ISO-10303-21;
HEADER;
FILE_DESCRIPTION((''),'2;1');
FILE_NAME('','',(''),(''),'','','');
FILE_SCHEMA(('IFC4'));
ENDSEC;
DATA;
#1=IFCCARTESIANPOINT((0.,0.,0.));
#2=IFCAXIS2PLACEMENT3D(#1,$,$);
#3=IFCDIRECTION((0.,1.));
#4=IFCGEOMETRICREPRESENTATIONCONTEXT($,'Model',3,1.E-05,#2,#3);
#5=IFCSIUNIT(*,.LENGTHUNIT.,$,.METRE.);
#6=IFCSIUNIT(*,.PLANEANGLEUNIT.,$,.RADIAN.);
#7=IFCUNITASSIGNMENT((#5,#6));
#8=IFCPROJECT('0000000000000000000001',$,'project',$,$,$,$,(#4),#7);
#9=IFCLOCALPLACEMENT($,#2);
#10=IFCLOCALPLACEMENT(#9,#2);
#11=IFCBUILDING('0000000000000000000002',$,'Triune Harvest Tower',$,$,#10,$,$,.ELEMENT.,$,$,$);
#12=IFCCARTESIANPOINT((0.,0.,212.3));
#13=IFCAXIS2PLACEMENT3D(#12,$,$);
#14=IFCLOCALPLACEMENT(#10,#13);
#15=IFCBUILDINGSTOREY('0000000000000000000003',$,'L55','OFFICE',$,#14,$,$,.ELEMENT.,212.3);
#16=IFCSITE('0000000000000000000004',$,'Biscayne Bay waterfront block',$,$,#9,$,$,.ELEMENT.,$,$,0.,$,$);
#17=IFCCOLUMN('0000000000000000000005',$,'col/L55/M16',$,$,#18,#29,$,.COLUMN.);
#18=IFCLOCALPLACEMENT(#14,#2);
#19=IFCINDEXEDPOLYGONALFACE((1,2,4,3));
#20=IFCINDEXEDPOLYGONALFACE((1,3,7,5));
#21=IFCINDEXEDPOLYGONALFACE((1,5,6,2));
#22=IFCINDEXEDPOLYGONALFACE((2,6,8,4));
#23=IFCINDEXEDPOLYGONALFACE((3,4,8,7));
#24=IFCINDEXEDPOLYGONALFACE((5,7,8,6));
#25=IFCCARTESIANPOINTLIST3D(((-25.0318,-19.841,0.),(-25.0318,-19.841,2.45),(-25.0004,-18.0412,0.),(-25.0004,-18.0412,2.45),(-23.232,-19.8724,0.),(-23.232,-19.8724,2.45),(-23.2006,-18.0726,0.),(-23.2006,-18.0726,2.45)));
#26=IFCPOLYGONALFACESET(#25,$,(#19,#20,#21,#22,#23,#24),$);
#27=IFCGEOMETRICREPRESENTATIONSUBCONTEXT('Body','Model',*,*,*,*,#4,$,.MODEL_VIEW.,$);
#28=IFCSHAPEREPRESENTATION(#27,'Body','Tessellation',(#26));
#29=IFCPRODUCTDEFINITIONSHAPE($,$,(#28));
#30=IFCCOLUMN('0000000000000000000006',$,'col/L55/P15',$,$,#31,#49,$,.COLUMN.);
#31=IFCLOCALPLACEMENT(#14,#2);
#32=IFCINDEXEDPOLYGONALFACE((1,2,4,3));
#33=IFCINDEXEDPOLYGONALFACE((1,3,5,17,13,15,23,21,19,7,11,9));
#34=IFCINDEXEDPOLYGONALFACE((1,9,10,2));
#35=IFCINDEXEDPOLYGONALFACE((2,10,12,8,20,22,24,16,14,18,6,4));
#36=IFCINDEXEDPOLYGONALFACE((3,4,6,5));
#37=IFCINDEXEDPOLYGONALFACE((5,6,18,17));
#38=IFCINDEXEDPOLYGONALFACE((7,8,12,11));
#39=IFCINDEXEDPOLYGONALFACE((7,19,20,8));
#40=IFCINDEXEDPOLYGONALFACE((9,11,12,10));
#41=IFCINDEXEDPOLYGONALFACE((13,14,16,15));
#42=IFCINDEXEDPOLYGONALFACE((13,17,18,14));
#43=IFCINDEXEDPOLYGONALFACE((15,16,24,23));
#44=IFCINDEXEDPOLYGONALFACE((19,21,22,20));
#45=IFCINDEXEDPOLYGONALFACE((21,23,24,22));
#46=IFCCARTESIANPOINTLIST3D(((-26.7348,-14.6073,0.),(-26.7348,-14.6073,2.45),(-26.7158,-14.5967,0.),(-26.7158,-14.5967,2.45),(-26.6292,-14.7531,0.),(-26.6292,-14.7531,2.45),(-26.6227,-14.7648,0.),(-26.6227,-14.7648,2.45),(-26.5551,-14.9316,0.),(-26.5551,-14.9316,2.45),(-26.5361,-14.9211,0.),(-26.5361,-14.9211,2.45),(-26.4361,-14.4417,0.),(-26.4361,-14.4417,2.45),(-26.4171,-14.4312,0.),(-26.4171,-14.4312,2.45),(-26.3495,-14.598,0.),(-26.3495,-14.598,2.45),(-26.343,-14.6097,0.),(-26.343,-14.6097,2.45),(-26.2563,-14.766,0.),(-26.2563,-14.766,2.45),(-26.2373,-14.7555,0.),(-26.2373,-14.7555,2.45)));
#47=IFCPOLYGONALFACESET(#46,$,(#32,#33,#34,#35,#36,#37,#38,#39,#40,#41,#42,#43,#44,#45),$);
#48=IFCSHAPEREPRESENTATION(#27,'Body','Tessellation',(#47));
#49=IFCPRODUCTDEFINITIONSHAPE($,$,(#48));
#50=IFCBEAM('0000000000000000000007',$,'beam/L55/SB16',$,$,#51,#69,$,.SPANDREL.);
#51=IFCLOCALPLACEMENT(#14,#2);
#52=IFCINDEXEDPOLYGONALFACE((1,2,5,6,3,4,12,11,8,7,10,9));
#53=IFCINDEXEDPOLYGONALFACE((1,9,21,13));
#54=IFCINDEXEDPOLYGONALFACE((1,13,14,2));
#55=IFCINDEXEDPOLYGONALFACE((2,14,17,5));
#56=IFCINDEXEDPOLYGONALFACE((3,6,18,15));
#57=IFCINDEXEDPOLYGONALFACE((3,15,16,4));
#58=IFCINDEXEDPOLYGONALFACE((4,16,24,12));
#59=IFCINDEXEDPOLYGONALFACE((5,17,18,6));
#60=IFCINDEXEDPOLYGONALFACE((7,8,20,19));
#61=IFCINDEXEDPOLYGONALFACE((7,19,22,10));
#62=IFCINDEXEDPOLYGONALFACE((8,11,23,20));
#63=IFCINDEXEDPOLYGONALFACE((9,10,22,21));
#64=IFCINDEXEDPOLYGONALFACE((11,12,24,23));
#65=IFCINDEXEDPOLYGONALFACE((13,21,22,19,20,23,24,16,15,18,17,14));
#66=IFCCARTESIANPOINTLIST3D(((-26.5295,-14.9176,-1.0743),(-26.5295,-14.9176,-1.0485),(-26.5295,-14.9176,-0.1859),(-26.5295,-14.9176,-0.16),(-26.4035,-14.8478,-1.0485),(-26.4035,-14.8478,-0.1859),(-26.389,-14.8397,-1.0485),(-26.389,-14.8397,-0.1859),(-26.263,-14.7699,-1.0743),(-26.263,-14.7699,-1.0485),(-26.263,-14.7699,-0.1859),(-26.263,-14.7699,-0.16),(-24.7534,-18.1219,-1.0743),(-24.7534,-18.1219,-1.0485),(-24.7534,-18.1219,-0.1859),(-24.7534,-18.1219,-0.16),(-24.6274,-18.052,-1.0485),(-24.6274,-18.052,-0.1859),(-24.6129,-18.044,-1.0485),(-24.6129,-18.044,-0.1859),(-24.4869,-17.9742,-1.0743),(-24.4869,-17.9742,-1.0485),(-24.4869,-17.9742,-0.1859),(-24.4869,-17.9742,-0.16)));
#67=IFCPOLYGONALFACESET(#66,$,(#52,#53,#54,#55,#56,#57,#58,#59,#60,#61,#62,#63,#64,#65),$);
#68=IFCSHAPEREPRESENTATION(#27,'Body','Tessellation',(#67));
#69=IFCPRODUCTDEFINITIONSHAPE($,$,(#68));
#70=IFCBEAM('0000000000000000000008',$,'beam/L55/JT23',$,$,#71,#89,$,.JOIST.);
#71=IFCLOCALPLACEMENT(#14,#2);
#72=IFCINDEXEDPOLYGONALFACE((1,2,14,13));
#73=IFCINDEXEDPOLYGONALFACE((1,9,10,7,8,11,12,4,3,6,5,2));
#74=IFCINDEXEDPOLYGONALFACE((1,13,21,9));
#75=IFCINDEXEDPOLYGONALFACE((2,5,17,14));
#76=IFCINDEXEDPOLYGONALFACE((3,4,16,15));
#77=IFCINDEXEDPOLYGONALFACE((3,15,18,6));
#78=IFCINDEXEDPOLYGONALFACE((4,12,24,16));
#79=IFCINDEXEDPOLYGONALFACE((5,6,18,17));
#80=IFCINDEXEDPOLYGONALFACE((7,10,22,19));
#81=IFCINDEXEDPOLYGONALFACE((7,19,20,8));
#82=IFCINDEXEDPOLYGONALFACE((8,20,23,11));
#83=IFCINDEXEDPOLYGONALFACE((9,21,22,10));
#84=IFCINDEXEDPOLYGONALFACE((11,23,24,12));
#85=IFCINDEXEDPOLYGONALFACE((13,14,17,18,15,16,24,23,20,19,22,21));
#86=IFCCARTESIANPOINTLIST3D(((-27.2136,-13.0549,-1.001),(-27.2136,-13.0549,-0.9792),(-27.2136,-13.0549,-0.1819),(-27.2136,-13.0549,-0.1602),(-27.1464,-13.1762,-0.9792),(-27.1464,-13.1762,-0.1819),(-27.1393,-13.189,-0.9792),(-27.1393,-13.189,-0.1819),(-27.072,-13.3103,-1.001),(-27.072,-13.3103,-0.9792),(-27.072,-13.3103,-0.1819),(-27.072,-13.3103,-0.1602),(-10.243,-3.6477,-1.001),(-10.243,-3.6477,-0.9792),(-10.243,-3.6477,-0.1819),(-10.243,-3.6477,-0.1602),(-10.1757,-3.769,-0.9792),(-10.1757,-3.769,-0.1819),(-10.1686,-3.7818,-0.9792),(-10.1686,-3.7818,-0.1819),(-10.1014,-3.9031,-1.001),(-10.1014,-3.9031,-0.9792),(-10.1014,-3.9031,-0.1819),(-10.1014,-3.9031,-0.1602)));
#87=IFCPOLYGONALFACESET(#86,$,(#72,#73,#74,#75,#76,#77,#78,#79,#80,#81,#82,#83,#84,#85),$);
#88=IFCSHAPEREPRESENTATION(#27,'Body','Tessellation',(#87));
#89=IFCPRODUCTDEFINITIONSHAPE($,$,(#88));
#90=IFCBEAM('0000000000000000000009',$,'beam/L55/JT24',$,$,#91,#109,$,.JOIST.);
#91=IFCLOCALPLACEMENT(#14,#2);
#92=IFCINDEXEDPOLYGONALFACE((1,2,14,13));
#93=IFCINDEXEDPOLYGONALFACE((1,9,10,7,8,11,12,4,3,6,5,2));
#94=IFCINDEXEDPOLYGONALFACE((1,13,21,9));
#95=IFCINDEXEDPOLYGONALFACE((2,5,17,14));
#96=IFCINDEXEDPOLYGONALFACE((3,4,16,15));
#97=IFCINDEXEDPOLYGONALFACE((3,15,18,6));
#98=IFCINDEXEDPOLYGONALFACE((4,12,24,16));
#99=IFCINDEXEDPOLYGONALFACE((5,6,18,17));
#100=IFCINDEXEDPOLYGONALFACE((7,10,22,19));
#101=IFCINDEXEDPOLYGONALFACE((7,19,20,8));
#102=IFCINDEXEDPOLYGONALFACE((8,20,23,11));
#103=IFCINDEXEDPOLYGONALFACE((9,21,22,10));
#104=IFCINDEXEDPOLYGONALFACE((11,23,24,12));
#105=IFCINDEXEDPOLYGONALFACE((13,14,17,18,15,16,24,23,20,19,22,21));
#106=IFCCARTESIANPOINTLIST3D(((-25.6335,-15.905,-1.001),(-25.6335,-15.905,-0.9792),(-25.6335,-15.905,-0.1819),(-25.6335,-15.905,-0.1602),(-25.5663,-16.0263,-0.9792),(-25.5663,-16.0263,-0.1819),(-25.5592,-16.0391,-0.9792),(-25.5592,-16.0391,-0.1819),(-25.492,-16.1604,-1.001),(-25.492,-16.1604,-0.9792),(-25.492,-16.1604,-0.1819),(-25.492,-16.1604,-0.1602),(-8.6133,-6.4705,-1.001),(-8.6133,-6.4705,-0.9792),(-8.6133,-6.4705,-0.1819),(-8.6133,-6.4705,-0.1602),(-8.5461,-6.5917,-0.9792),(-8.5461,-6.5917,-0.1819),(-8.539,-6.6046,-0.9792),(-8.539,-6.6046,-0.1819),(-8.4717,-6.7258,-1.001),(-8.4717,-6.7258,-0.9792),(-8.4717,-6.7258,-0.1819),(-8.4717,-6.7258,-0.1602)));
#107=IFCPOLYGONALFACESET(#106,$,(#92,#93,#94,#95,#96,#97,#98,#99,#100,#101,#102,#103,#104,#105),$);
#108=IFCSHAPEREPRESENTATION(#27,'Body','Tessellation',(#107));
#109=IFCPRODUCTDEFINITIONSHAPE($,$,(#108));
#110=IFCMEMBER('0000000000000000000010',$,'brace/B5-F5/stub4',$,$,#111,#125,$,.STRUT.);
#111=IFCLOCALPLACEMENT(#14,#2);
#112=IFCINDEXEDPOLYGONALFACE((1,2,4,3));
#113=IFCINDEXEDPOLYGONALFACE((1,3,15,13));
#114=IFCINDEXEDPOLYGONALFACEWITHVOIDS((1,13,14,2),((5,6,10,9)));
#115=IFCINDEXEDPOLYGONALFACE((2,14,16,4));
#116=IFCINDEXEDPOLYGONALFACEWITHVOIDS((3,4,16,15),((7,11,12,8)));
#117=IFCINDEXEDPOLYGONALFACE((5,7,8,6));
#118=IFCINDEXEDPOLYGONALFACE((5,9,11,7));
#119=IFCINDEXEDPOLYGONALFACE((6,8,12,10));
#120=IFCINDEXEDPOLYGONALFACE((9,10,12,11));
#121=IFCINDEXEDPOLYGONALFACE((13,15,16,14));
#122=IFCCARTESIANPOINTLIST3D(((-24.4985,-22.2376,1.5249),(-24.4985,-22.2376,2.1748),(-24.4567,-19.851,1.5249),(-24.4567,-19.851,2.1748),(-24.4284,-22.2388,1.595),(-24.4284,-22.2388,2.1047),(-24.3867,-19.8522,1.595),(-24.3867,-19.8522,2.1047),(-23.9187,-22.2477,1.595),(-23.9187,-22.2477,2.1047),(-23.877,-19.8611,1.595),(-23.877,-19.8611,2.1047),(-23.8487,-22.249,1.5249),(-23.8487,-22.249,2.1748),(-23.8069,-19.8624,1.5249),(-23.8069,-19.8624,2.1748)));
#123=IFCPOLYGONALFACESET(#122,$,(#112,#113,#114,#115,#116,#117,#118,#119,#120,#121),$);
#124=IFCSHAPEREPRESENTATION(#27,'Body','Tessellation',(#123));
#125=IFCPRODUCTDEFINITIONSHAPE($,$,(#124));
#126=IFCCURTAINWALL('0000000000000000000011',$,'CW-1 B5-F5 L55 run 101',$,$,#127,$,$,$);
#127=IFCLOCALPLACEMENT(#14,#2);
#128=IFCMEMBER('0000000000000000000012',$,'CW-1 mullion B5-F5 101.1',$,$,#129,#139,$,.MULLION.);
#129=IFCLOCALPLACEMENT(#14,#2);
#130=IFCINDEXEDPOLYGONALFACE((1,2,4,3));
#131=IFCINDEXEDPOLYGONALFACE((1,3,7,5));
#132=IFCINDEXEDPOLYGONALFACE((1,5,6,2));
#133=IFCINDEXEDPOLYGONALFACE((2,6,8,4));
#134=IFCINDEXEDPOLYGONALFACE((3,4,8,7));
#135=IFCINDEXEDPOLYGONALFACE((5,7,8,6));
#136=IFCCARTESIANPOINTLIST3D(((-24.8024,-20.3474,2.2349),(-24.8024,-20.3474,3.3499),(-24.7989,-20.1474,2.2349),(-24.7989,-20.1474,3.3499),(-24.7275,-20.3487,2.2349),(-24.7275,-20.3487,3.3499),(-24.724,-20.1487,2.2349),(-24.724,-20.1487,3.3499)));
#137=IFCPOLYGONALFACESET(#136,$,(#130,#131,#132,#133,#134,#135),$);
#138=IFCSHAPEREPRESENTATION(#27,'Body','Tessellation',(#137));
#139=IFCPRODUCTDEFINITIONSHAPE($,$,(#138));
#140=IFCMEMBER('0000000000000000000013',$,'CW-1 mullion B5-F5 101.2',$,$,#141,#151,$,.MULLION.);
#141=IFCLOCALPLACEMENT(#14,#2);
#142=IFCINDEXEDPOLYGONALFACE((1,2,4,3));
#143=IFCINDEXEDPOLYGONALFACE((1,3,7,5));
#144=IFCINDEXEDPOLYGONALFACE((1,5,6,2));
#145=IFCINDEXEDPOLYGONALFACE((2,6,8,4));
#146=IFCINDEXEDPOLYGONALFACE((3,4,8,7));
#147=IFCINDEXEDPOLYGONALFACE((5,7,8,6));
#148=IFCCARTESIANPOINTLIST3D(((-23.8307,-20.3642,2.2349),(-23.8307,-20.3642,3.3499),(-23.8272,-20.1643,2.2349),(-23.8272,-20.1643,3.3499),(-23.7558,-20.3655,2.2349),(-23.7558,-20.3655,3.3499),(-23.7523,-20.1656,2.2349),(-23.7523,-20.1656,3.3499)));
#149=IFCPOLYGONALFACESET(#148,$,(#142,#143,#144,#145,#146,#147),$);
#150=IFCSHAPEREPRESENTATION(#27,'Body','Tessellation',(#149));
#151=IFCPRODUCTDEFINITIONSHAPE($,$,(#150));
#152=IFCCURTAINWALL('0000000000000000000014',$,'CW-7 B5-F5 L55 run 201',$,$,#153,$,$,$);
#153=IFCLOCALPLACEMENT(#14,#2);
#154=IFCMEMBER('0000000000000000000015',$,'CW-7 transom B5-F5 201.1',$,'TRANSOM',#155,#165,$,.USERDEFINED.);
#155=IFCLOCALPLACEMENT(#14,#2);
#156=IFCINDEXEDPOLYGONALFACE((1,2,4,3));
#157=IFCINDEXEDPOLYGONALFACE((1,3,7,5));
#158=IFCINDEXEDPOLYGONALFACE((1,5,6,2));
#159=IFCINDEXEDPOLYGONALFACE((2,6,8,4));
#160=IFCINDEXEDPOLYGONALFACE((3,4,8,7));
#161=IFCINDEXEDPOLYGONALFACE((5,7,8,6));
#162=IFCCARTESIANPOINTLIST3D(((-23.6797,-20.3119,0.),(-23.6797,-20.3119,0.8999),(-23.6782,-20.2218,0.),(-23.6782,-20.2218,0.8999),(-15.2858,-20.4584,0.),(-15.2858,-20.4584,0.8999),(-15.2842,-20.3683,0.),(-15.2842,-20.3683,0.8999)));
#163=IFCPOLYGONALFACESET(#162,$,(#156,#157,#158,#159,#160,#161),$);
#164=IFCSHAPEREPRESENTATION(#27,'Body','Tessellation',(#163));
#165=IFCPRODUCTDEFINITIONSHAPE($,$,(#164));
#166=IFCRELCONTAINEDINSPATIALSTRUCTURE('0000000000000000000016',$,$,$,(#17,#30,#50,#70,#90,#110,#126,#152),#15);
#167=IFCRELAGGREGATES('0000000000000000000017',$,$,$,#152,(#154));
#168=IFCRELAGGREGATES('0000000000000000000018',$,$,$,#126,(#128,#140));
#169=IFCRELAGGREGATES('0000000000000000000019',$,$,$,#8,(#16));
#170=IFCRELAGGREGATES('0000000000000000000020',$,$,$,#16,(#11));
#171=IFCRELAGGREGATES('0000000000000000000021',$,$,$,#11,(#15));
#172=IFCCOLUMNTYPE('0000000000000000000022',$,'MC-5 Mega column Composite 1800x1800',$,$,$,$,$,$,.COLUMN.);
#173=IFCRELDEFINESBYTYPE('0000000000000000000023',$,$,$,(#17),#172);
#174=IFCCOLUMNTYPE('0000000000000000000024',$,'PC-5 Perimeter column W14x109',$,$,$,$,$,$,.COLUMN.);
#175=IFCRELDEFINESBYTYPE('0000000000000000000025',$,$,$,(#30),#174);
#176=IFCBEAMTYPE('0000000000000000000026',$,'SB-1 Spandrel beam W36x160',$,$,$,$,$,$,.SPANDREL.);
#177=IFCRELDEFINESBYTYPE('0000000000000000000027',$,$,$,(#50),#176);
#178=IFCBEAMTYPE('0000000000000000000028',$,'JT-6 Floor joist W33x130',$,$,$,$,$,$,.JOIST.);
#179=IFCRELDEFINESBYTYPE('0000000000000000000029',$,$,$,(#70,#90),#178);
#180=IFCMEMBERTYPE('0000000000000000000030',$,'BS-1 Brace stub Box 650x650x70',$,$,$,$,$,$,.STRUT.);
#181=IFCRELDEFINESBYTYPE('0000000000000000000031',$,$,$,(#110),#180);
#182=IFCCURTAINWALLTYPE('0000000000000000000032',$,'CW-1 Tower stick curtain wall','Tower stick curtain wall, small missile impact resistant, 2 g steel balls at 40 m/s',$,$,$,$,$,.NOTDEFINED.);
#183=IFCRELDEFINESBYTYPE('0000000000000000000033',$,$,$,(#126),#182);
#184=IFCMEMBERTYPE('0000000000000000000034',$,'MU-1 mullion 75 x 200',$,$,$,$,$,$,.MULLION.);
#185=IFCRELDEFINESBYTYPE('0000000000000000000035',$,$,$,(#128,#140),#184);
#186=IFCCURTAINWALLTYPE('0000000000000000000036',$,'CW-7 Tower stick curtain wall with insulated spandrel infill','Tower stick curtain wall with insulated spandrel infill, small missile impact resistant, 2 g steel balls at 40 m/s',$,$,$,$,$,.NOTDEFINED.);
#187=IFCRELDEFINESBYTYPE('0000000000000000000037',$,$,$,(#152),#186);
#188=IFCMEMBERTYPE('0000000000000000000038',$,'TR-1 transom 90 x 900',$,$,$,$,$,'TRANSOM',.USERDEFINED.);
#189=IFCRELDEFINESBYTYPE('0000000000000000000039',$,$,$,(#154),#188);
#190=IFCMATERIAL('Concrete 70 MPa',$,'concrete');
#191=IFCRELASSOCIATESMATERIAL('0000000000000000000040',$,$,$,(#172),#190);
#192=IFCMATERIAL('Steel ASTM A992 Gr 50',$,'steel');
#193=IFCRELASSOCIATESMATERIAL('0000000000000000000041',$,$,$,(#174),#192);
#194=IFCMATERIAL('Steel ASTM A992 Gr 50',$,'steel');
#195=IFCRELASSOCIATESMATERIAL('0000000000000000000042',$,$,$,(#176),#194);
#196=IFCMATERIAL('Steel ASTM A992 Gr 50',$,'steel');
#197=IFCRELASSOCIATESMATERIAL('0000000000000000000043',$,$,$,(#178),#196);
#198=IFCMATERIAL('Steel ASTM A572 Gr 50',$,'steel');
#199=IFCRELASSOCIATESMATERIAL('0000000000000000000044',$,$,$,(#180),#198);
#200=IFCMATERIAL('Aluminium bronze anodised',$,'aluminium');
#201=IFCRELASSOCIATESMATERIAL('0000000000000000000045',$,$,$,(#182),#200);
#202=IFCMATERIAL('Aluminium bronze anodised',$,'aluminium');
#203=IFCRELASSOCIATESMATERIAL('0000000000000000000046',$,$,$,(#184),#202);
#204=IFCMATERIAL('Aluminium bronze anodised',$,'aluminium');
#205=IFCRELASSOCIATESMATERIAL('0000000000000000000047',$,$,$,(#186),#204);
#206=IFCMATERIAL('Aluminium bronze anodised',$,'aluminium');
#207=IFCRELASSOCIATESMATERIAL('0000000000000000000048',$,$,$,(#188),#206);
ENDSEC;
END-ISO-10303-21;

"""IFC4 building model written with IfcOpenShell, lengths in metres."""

from ifc_helpers import new_model, si_unit, direction, frame, origin, origin_2d, place, context, subcontext, project, spatial, rectangle, hollow_rectangle, i_section, extrude, source, transform, mapped, material, material_profile, profile_set, type_object, element, aggregate, save


model = new_model("IFC4")

# Units and contexts
model_context = context("Model", 3, precision=1e-05, world=origin(), true_north=direction((0.0, 1.0)))
body_context = subcontext(model_context, "Body", "Model", "MODEL_VIEW")
ifc_project = project(units=[si_unit("LENGTHUNIT", "METRE"), si_unit("PLANEANGLEUNIT", "RADIAN")], contexts=[model_context])

# Site, building, storey
site_placement = place(None, origin())
site = spatial("IfcSite", under=ifc_project, at=site_placement, Name="Biscayne Bay waterfront block", CompositionType="ELEMENT", RefElevation=0.0)
building_placement = place(site_placement, origin())
building = spatial("IfcBuilding", under=site, at=building_placement, Name="Triune Harvest Tower", CompositionType="ELEMENT")
storey_placement = place(building_placement, frame((0.0, 0.0, 212.3)))
storey = spatial("IfcBuildingStorey", under=building, at=storey_placement, Name="L55", Description="OFFICE", CompositionType="ELEMENT", Elevation=212.3)

# Columns
ifc_material_1 = material(Name="Concrete 70 MPa", Category="concrete")
ifc_material_profile_1 = material_profile(ifc_material_1, rectangle(XDim=1.8, YDim=1.8, at=origin_2d()), Name="Composite 1800x1800")
ifc_profile_set_1 = profile_set([ifc_material_profile_1], Name="Concrete 70 MPa")
column_type_1 = type_object("IfcColumnType", Name="MC-5 Mega column Composite 1800x1800", PredefinedType="COLUMN", material=ifc_profile_set_1)
shared_shape_1 = source(origin(), body_context, "Body", "SweptSolid", [
    extrude(rectangle(XDim=1.8, YDim=1.8, at=origin_2d()), origin(), (0.0, 0.0, 1.0), 2.45),
])
column_1_placement = place(storey_placement, frame((-24.1162, -18.9568, 0.0), z_axis=(0.0, 0.0, 1.0), x_axis=(0.999848, -0.017452, 0.0)))
element("IfcColumn", 1, at=column_1_placement, inside=storey, type_object=column_type_1, Name="col/L55/M16", PredefinedType="COLUMN", context=body_context, shape_type="MappedRepresentation", body=[
    mapped(shared_shape_1, transform((0.0, 0.0, 0.0), scale=1.0)),
])
ifc_material_2 = material(Name="Steel ASTM A992 Gr 50", Category="steel")
ifc_material_profile_2 = material_profile(ifc_material_2, i_section(OverallWidth=0.3708, OverallDepth=0.3633, WebThickness=0.0134, FlangeThickness=0.0217, at=origin_2d()), Name="W14x109")
ifc_profile_set_2 = profile_set([ifc_material_profile_2], Name="Steel ASTM A992 Gr 50")
column_type_2 = type_object("IfcColumnType", Name="PC-5 Perimeter column W14x109", PredefinedType="COLUMN", material=ifc_profile_set_2)
shared_shape_2 = source(origin(), body_context, "Body", "SweptSolid", [
    extrude(i_section(OverallWidth=0.3708, OverallDepth=0.3633, WebThickness=0.0134, FlangeThickness=0.0217, at=origin_2d()), origin(), (0.0, 0.0, 1.0), 2.45),
])
column_2_placement = place(storey_placement, frame((-26.4861, -14.6814, 0.0), z_axis=(0.0, 0.0, 1.0), x_axis=(0.484808, -0.874621, 0.0)))
element("IfcColumn", 2, at=column_2_placement, inside=storey, type_object=column_type_2, Name="col/L55/P15", PredefinedType="COLUMN", context=body_context, shape_type="MappedRepresentation", body=[
    mapped(shared_shape_2, transform((0.0, 0.0, 0.0), scale=1.0)),
])

# Beams
ifc_material_3 = material(Name="Steel ASTM A992 Gr 50", Category="steel")
ifc_material_profile_3 = material_profile(ifc_material_3, i_section(OverallWidth=0.3047, OverallDepth=0.9143, WebThickness=0.0166, FlangeThickness=0.0259, at=origin_2d()), Name="W36x160")
ifc_profile_set_3 = profile_set([ifc_material_profile_3], Name="Steel ASTM A992 Gr 50")
beam_type_1 = type_object("IfcBeamType", Name="SB-1 Spandrel beam W36x160", PredefinedType="SPANDREL", material=ifc_profile_set_3)
shared_shape_3 = source(origin(), body_context, "Body", "SweptSolid", [
    extrude(i_section(OverallWidth=0.3047, OverallDepth=0.9143, WebThickness=0.0166, FlangeThickness=0.0259, at=origin_2d()), origin(), (0.0, 0.0, 1.0), 3.6636),
])
beam_1_placement = place(storey_placement, frame((-26.3962, -14.8438, -0.6172), z_axis=(0.484794, -0.874628, 0.0), x_axis=(0.874628, 0.484794, 0.0)))
element("IfcBeam", 3, at=beam_1_placement, inside=storey, type_object=beam_type_1, Name="beam/L55/SB16", PredefinedType="SPANDREL", context=body_context, shape_type="MappedRepresentation", body=[
    mapped(shared_shape_3, transform((0.0, 0.0, 0.0), scale=1.0)),
])
ifc_material_4 = material(Name="Steel ASTM A992 Gr 50", Category="steel")
ifc_material_profile_4 = material_profile(ifc_material_4, i_section(OverallWidth=0.292, OverallDepth=0.8408, WebThickness=0.0146, FlangeThickness=0.0217, at=origin_2d()), Name="W33x130")
ifc_profile_set_4 = profile_set([ifc_material_profile_4], Name="Steel ASTM A992 Gr 50")
beam_type_2 = type_object("IfcBeamType", Name="JT-6 Floor joist W33x130", PredefinedType="JOIST", material=ifc_profile_set_4)
shared_shape_4 = source(origin(), body_context, "Body", "SweptSolid", [
    extrude(i_section(OverallWidth=0.292, OverallDepth=0.8408, WebThickness=0.0146, FlangeThickness=0.0217, at=origin_2d()), origin(), (0.0, 0.0, 1.0), 19.4036),
])
beam_2_placement = place(storey_placement, frame((-27.1428, -13.1826, -0.5806), z_axis=(0.874615, 0.484818, 0.0), x_axis=(-0.484818, 0.874615, 0.0)))
element("IfcBeam", 4, at=beam_2_placement, inside=storey, type_object=beam_type_2, Name="beam/L55/JT23", PredefinedType="JOIST", context=body_context, shape_type="MappedRepresentation", body=[
    mapped(shared_shape_4, transform((0.0, 0.0, 0.0), scale=1.0)),
])
shared_shape_5 = source(origin(), body_context, "Body", "SweptSolid", [
    extrude(i_section(OverallWidth=0.292, OverallDepth=0.8408, WebThickness=0.0146, FlangeThickness=0.0217, at=origin_2d()), origin(), (0.0, 0.0, 1.0), 19.4602),
])
beam_3_placement = place(storey_placement, frame((-25.5627, -16.0327, -0.5806), z_axis=(0.874618, 0.484813, 0.0), x_axis=(-0.484813, 0.874618, 0.0)))
element("IfcBeam", 5, at=beam_3_placement, inside=storey, type_object=beam_type_2, Name="beam/L55/JT24", PredefinedType="JOIST", context=body_context, shape_type="MappedRepresentation", body=[
    mapped(shared_shape_5, transform((0.0, 0.0, 0.0), scale=1.0)),
])

# Member
ifc_material_5 = material(Name="Steel ASTM A572 Gr 50", Category="steel")
ifc_material_profile_5 = material_profile(ifc_material_5, hollow_rectangle(XDim=0.6499, YDim=0.6499, WallThickness=0.0701, at=origin_2d()), Name="Box 650x650x70")
ifc_profile_set_5 = profile_set([ifc_material_profile_5], Name="Steel ASTM A572 Gr 50")
member_type_1 = type_object("IfcMemberType", Name="BS-1 Brace stub Box 650x650x70", PredefinedType="STRUT", material=ifc_profile_set_5)
shared_shape_6 = source(origin(), body_context, "Body", "SweptSolid", [
    extrude(hollow_rectangle(XDim=0.6499, YDim=0.6499, WallThickness=0.0701, at=origin_2d()), origin(), (0.0, 0.0, 1.0), 2.387),
])
member_1_placement = place(storey_placement, frame((-24.1318, -19.8567, 1.8499), z_axis=(-0.017489, -0.999847, 0.0), x_axis=(0.999847, -0.017489, 0.0)))
element("IfcMember", 6, at=member_1_placement, inside=storey, type_object=member_type_1, Name="brace/B5-F5/stub4", PredefinedType="STRUT", context=body_context, shape_type="MappedRepresentation", body=[
    mapped(shared_shape_6, transform((0.0, 0.0, 0.0), scale=1.0)),
])

# Curtain wall, members
ifc_material_6 = material(Name="Aluminium bronze anodised", Category="aluminium")
curtain_wall_type_1 = type_object("IfcCurtainWallType", Name="CW-1 Tower stick curtain wall", Description="Tower stick curtain wall, small missile impact resistant, 2 g steel balls at 40 m/s", PredefinedType="NOTDEFINED", material=ifc_material_6)
curtain_wall_1_placement = place(storey_placement, origin())
curtain_wall_1 = element("IfcCurtainWall", 7, at=curtain_wall_1_placement, inside=storey, type_object=curtain_wall_type_1, Name="CW-1 B5-F5 L55 run 101")
ifc_material_7 = material(Name="Aluminium bronze anodised", Category="aluminium")
ifc_material_profile_6 = material_profile(ifc_material_7, rectangle(XDim=0.2, YDim=0.075, at=origin_2d()), Name="MU-1 mullion 75 x 200")
ifc_profile_set_6 = profile_set([ifc_material_profile_6], Name="Aluminium bronze anodised")
member_type_2 = type_object("IfcMemberType", Name="MU-1 mullion 75 x 200", PredefinedType="MULLION", material=ifc_profile_set_6)
shared_shape_7 = source(origin(), body_context, "Body", "SweptSolid", [
    extrude(rectangle(XDim=0.2, YDim=0.075, at=origin_2d()), origin(), (0.0, 0.0, 1.0), 1.115),
])
member_2_placement = place(storey_placement, frame((-24.7632, -20.248, 2.2349), z_axis=(0.0, 0.0, 1.0), x_axis=(0.017387, 0.999849, 0.0)))
member_2 = element("IfcMember", 8, at=member_2_placement, type_object=member_type_2, Name="CW-1 mullion B5-F5 101.1", PredefinedType="MULLION", context=body_context, shape_type="MappedRepresentation", body=[
    mapped(shared_shape_7, transform((0.0, 0.0, 0.0), scale=1.0)),
])
member_3_placement = place(storey_placement, frame((-23.7915, -20.2649, 2.2349), z_axis=(0.0, 0.0, 1.0), x_axis=(0.017387, 0.999849, 0.0)))
member_3 = element("IfcMember", 9, at=member_3_placement, type_object=member_type_2, Name="CW-1 mullion B5-F5 101.2", PredefinedType="MULLION", context=body_context, shape_type="MappedRepresentation", body=[
    mapped(shared_shape_7, transform((0.0, 0.0, 0.0), scale=1.0)),
])

# Curtain wall, member
ifc_material_8 = material(Name="Aluminium bronze anodised", Category="aluminium")
curtain_wall_type_2 = type_object("IfcCurtainWallType", Name="CW-7 Tower stick curtain wall with insulated spandrel infill", Description="Tower stick curtain wall with insulated spandrel infill, small missile impact resistant, 2 g steel balls at 40 m/s", PredefinedType="NOTDEFINED", material=ifc_material_8)
curtain_wall_2_placement = place(storey_placement, origin())
curtain_wall_2 = element("IfcCurtainWall", 10, at=curtain_wall_2_placement, inside=storey, type_object=curtain_wall_type_2, Name="CW-7 B5-F5 L55 run 201")
ifc_material_9 = material(Name="Aluminium bronze anodised", Category="aluminium")
ifc_material_profile_7 = material_profile(ifc_material_9, rectangle(XDim=0.0901, YDim=0.8999, at=origin_2d()), Name="TR-1 transom 90 x 900")
ifc_profile_set_7 = profile_set([ifc_material_profile_7], Name="Aluminium bronze anodised")
member_type_3 = type_object("IfcMemberType", Name="TR-1 transom 90 x 900", ElementType="TRANSOM", PredefinedType="USERDEFINED", material=ifc_profile_set_7)
shared_shape_8 = source(origin(), body_context, "Body", "SweptSolid", [
    extrude(rectangle(XDim=0.0901, YDim=0.8999, at=origin_2d()), origin(), (0.0, 0.0, 1.0), 8.3953),
])
member_4_placement = place(storey_placement, frame((-23.679, -20.2668, 0.45), z_axis=(0.999848, -0.017448, 0.0), x_axis=(0.017448, 0.999848, 0.0)))
member_4 = element("IfcMember", 11, at=member_4_placement, type_object=member_type_3, Name="CW-7 transom B5-F5 201.1", ObjectType="TRANSOM", PredefinedType="USERDEFINED", context=body_context, shape_type="MappedRepresentation", body=[
    mapped(shared_shape_8, transform((0.0, 0.0, 0.0), scale=1.0)),
])

aggregate(curtain_wall_2, [member_4])

aggregate(curtain_wall_1, [member_2, member_3])

save(model, "model.ifc")
